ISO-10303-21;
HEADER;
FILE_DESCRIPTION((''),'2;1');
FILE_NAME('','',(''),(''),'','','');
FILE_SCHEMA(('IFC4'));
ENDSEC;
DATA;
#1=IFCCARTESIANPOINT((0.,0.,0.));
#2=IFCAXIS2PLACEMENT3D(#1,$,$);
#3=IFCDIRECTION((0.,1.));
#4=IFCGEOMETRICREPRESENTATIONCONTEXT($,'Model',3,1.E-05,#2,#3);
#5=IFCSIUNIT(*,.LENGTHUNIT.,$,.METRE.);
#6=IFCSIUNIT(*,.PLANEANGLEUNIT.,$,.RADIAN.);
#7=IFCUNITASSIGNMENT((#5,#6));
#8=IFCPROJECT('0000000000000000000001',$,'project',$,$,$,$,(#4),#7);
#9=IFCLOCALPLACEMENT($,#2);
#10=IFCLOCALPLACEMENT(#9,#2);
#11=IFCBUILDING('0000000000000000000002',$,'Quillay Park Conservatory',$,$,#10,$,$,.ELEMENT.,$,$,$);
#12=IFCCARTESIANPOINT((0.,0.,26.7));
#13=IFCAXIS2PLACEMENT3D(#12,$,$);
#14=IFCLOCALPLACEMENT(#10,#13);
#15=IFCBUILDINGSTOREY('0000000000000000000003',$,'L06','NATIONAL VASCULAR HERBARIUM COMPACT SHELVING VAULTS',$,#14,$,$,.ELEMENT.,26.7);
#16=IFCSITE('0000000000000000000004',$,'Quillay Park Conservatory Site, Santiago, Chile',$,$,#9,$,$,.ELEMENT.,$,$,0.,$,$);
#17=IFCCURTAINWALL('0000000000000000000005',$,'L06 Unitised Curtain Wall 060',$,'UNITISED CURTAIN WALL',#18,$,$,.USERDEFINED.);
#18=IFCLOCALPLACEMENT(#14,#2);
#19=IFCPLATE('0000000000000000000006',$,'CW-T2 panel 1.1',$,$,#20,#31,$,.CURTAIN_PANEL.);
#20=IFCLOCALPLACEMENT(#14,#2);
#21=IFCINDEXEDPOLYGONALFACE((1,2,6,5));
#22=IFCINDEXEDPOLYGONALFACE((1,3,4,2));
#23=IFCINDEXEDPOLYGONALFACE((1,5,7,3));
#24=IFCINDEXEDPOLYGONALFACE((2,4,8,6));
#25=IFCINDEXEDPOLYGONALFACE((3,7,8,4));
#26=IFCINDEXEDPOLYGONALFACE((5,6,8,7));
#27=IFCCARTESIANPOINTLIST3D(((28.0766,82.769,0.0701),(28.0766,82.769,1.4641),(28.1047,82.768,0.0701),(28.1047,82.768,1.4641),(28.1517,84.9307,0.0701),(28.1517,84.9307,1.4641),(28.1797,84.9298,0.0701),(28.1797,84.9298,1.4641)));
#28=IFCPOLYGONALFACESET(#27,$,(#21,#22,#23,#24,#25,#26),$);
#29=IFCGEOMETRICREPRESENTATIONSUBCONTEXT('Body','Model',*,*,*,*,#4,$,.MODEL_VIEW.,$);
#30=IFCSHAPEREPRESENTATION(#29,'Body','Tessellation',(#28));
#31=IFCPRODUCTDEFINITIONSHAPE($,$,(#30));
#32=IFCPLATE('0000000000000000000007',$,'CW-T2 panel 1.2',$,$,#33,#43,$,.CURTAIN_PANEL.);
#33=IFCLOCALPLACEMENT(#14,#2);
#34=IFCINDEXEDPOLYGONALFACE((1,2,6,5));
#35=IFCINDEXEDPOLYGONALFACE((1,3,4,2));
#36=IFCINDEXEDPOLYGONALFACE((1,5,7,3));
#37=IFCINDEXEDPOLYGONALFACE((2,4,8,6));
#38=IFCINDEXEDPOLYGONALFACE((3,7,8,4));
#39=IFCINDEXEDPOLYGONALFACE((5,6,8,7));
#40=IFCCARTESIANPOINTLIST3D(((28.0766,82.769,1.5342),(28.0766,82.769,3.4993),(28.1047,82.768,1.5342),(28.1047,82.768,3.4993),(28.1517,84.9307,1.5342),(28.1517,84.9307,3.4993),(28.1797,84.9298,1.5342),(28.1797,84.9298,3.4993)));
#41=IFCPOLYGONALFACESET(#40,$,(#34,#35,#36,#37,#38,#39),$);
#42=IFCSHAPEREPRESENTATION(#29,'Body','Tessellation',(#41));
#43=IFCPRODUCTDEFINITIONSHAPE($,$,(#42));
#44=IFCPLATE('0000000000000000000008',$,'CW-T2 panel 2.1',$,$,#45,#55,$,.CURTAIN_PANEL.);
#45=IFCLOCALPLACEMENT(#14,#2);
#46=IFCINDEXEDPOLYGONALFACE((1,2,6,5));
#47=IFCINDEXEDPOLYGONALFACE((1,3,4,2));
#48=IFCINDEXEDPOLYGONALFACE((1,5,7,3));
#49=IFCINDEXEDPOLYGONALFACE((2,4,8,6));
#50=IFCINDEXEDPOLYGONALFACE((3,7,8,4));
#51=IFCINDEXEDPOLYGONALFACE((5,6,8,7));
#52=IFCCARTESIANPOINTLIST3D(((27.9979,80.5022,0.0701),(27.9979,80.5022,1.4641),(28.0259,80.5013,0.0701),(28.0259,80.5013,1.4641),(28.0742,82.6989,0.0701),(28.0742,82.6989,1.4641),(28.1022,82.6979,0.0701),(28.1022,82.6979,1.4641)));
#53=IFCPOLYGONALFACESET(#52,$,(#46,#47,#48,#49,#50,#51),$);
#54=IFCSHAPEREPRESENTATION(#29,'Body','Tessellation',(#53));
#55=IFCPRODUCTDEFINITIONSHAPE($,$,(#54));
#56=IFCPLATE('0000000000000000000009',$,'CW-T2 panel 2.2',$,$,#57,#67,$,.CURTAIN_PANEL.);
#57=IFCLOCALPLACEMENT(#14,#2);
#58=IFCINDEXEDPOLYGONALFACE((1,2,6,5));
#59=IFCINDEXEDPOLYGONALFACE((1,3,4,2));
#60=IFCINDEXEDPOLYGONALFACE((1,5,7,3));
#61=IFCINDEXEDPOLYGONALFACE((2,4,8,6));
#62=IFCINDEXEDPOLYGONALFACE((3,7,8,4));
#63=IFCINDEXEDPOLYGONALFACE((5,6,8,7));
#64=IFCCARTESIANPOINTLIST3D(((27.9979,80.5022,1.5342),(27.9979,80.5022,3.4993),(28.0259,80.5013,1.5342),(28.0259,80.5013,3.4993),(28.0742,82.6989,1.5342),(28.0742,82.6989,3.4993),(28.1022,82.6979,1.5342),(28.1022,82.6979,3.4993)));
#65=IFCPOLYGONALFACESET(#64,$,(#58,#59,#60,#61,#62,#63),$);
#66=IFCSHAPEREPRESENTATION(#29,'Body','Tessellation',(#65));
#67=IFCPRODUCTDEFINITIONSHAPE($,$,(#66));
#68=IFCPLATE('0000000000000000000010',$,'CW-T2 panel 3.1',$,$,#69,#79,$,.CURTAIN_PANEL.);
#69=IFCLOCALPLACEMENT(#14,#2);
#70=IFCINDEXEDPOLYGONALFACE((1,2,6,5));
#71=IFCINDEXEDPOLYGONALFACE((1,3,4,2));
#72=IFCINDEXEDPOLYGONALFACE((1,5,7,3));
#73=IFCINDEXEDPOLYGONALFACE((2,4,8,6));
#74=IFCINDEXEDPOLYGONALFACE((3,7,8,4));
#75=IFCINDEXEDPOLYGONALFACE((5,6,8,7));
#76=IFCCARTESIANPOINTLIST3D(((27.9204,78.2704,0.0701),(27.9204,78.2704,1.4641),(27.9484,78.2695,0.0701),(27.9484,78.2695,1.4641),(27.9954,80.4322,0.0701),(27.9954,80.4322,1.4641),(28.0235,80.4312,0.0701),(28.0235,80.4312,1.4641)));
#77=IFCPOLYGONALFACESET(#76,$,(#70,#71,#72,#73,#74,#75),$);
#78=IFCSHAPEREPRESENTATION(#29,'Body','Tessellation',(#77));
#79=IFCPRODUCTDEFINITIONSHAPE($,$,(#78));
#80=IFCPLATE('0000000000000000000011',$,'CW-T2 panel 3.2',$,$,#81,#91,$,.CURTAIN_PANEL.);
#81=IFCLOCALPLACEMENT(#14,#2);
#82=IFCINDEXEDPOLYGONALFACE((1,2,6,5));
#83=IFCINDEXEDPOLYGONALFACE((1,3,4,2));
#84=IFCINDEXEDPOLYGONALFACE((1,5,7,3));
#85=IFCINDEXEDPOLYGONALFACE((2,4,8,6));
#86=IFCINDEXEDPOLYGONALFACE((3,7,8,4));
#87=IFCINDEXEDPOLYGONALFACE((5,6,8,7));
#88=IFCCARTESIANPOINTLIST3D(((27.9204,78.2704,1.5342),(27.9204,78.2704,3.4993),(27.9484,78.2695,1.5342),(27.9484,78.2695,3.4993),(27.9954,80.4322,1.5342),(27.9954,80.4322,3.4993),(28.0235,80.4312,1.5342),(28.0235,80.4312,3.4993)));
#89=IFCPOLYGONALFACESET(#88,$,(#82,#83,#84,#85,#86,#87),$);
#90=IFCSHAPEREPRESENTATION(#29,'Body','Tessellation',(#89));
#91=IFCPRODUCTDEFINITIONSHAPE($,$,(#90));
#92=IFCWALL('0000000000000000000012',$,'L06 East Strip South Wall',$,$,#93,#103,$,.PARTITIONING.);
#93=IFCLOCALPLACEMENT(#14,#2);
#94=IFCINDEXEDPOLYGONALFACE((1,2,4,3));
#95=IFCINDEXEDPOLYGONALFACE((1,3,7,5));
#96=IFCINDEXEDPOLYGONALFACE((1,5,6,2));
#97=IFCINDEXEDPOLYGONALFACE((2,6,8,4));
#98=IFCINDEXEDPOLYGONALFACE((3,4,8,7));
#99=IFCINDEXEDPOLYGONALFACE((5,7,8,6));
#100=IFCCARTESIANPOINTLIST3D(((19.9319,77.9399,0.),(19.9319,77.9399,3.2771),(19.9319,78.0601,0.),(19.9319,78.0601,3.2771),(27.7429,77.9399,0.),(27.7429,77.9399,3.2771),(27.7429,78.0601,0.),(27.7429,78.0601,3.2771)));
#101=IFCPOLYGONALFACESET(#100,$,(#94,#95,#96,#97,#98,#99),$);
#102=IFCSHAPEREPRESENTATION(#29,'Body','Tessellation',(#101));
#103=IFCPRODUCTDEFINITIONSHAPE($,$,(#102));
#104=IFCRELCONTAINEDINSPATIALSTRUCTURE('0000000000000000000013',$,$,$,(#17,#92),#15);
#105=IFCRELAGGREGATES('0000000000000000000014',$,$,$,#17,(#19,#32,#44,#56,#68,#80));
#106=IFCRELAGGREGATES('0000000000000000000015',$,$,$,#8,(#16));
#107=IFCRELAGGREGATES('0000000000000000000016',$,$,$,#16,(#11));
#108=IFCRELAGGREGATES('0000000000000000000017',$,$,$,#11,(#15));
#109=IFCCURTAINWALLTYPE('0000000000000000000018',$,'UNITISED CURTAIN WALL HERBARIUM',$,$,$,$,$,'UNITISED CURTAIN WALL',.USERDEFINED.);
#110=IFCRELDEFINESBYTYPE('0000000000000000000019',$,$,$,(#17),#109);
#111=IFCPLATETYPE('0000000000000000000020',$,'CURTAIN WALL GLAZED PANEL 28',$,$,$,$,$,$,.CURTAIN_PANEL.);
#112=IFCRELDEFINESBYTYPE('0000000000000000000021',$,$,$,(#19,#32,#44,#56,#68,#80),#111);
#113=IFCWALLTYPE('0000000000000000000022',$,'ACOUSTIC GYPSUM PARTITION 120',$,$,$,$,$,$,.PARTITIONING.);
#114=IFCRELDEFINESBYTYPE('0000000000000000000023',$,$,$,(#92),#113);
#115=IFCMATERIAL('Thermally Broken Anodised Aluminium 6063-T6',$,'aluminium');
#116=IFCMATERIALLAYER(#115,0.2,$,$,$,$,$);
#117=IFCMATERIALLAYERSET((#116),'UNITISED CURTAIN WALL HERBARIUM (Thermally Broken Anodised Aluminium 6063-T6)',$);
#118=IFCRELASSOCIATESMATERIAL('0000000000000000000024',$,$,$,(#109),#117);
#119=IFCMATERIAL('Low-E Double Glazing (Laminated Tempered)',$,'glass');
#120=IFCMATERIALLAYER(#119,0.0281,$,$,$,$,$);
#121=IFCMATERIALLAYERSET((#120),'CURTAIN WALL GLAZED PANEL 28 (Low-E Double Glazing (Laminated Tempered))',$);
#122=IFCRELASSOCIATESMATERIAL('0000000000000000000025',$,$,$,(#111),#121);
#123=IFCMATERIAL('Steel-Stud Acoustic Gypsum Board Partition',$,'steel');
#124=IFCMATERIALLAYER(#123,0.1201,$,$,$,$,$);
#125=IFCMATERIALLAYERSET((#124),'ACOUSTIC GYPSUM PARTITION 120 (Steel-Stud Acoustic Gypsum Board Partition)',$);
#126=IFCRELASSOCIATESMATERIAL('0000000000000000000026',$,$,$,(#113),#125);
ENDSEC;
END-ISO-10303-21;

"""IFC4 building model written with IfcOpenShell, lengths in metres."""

from ifc_helpers import new_model, si_unit, direction, frame, frame_2d, origin, origin_2d, place, context, subcontext, project, spatial, rectangle, extrude, material, layer, layer_set, type_object, element, aggregate, save


model = new_model("IFC4")

# Units and contexts
model_context = context("Model", 3, precision=1e-05, world=origin(), true_north=direction((0.0, 1.0)))
body_context = subcontext(model_context, "Body", "Model", "MODEL_VIEW")
ifc_project = project(units=[si_unit("LENGTHUNIT", "METRE"), si_unit("PLANEANGLEUNIT", "RADIAN")], contexts=[model_context])

# Site, building, storey
site_placement = place(None, origin())
site = spatial("IfcSite", under=ifc_project, at=site_placement, Name="Quillay Park Conservatory Site, Santiago, Chile", CompositionType="ELEMENT", RefElevation=0.0)
building_placement = place(site_placement, origin())
building = spatial("IfcBuilding", under=site, at=building_placement, Name="Quillay Park Conservatory", CompositionType="ELEMENT")
storey_placement = place(building_placement, frame((0.0, 0.0, 26.7)))
storey = spatial("IfcBuildingStorey", under=building, at=storey_placement, Name="L06", Description="NATIONAL VASCULAR HERBARIUM COMPACT SHELVING VAULTS", CompositionType="ELEMENT", Elevation=26.7)

# Curtain wall
ifc_material_1 = material(Name="Thermally Broken Anodised Aluminium 6063-T6", Category="aluminium")
ifc_layer_1 = layer(ifc_material_1, 0.2)
ifc_layer_set_1 = layer_set([ifc_layer_1], Name="UNITISED CURTAIN WALL HERBARIUM (Thermally Broken Anodised Aluminium 6063-T6)")
curtain_wall_type = type_object("IfcCurtainWallType", Name="UNITISED CURTAIN WALL HERBARIUM", ElementType="UNITISED CURTAIN WALL", PredefinedType="USERDEFINED", material=ifc_layer_set_1)
curtain_wall_placement = place(storey_placement, origin())
curtain_wall = element("IfcCurtainWall", 1, at=curtain_wall_placement, inside=storey, type_object=curtain_wall_type, Name="L06 Unitised Curtain Wall 060", ObjectType="UNITISED CURTAIN WALL", PredefinedType="USERDEFINED")

# Plates
ifc_material_2 = material(Name="Low-E Double Glazing (Laminated Tempered)", Category="glass")
ifc_layer_2 = layer(ifc_material_2, 0.0281)
ifc_layer_set_2 = layer_set([ifc_layer_2], Name="CURTAIN WALL GLAZED PANEL 28 (Low-E Double Glazing (Laminated Tempered))")
plate_type = type_object("IfcPlateType", Name="CURTAIN WALL GLAZED PANEL 28", PredefinedType="CURTAIN_PANEL", material=ifc_layer_set_2)
plate_1_placement = place(storey_placement, frame((28.1282, 83.8494, 0.0701), z_axis=(0.0, 0.0, 1.0), x_axis=(-0.034713, -0.999397, 0.0)))
plate_1 = element("IfcPlate", 2, at=plate_1_placement, type_object=plate_type, Name="CW-T2 panel 1.1", PredefinedType="CURTAIN_PANEL", context=body_context, shape_type="SweptSolid", body=[
    extrude(rectangle(XDim=2.1631, YDim=0.0281, at=origin_2d()), origin(), (0.0, 0.0, 1.0), 1.394),
])
plate_2_placement = place(storey_placement, frame((28.1282, 83.8494, 1.5342), z_axis=(0.0, 0.0, 1.0), x_axis=(-0.034713, -0.999397, 0.0)))
plate_2 = element("IfcPlate", 3, at=plate_2_placement, type_object=plate_type, Name="CW-T2 panel 1.2", PredefinedType="CURTAIN_PANEL", context=body_context, shape_type="SweptSolid", body=[
    extrude(rectangle(XDim=2.1631, YDim=0.0281, at=origin_2d()), origin(), (0.0, 0.0, 1.0), 1.9651),
])
plate_3_placement = place(storey_placement, frame((28.05, 81.6001, 0.0701), z_axis=(0.0, 0.0, 1.0), x_axis=(-0.034713, -0.999397, 0.0)))
plate_3 = element("IfcPlate", 4, at=plate_3_placement, type_object=plate_type, Name="CW-T2 panel 2.1", PredefinedType="CURTAIN_PANEL", context=body_context, shape_type="SweptSolid", body=[
    extrude(rectangle(XDim=2.198, YDim=0.0281, at=origin_2d()), origin(), (0.0, 0.0, 1.0), 1.394),
])
plate_4_placement = place(storey_placement, frame((28.05, 81.6001, 1.5342), z_axis=(0.0, 0.0, 1.0), x_axis=(-0.034713, -0.999397, 0.0)))
plate_4 = element("IfcPlate", 5, at=plate_4_placement, type_object=plate_type, Name="CW-T2 panel 2.2", PredefinedType="CURTAIN_PANEL", context=body_context, shape_type="SweptSolid", body=[
    extrude(rectangle(XDim=2.198, YDim=0.0281, at=origin_2d()), origin(), (0.0, 0.0, 1.0), 1.9651),
])
plate_5_placement = place(storey_placement, frame((27.9719, 79.3508, 0.0701), z_axis=(0.0, 0.0, 1.0), x_axis=(-0.034713, -0.999397, 0.0)))
plate_5 = element("IfcPlate", 6, at=plate_5_placement, type_object=plate_type, Name="CW-T2 panel 3.1", PredefinedType="CURTAIN_PANEL", context=body_context, shape_type="SweptSolid", body=[
    extrude(rectangle(XDim=2.1631, YDim=0.0281, at=origin_2d()), origin(), (0.0, 0.0, 1.0), 1.394),
])
plate_6_placement = place(storey_placement, frame((27.9719, 79.3508, 1.5342), z_axis=(0.0, 0.0, 1.0), x_axis=(-0.034713, -0.999397, 0.0)))
plate_6 = element("IfcPlate", 7, at=plate_6_placement, type_object=plate_type, Name="CW-T2 panel 3.2", PredefinedType="CURTAIN_PANEL", context=body_context, shape_type="SweptSolid", body=[
    extrude(rectangle(XDim=2.1631, YDim=0.0281, at=origin_2d()), origin(), (0.0, 0.0, 1.0), 1.9651),
])
aggregate(curtain_wall, [plate_1, plate_2, plate_3, plate_4, plate_5, plate_6])

# Wall
ifc_material_3 = material(Name="Steel-Stud Acoustic Gypsum Board Partition", Category="steel")
ifc_layer_3 = layer(ifc_material_3, 0.1201)
ifc_layer_set_3 = layer_set([ifc_layer_3], Name="ACOUSTIC GYPSUM PARTITION 120 (Steel-Stud Acoustic Gypsum Board Partition)")
wall_type = type_object("IfcWallType", Name="ACOUSTIC GYPSUM PARTITION 120", PredefinedType="PARTITIONING", material=ifc_layer_set_3)
wall_placement = place(storey_placement, frame((27.7429, 78.0, 0.0), z_axis=(0.0, 0.0, 1.0), x_axis=(-1.0, 0.0, 0.0)))
element("IfcWall", 8, at=wall_placement, inside=storey, type_object=wall_type, Name="L06 East Strip South Wall", PredefinedType="PARTITIONING", context=body_context, shape_type="SweptSolid", body=[
    extrude(rectangle(XDim=7.811, YDim=0.1201, at=frame_2d((3.9055, 0.0))), origin(), (0.0, 0.0, 1.0), 3.2771),
])

save(model, "model.ifc")
